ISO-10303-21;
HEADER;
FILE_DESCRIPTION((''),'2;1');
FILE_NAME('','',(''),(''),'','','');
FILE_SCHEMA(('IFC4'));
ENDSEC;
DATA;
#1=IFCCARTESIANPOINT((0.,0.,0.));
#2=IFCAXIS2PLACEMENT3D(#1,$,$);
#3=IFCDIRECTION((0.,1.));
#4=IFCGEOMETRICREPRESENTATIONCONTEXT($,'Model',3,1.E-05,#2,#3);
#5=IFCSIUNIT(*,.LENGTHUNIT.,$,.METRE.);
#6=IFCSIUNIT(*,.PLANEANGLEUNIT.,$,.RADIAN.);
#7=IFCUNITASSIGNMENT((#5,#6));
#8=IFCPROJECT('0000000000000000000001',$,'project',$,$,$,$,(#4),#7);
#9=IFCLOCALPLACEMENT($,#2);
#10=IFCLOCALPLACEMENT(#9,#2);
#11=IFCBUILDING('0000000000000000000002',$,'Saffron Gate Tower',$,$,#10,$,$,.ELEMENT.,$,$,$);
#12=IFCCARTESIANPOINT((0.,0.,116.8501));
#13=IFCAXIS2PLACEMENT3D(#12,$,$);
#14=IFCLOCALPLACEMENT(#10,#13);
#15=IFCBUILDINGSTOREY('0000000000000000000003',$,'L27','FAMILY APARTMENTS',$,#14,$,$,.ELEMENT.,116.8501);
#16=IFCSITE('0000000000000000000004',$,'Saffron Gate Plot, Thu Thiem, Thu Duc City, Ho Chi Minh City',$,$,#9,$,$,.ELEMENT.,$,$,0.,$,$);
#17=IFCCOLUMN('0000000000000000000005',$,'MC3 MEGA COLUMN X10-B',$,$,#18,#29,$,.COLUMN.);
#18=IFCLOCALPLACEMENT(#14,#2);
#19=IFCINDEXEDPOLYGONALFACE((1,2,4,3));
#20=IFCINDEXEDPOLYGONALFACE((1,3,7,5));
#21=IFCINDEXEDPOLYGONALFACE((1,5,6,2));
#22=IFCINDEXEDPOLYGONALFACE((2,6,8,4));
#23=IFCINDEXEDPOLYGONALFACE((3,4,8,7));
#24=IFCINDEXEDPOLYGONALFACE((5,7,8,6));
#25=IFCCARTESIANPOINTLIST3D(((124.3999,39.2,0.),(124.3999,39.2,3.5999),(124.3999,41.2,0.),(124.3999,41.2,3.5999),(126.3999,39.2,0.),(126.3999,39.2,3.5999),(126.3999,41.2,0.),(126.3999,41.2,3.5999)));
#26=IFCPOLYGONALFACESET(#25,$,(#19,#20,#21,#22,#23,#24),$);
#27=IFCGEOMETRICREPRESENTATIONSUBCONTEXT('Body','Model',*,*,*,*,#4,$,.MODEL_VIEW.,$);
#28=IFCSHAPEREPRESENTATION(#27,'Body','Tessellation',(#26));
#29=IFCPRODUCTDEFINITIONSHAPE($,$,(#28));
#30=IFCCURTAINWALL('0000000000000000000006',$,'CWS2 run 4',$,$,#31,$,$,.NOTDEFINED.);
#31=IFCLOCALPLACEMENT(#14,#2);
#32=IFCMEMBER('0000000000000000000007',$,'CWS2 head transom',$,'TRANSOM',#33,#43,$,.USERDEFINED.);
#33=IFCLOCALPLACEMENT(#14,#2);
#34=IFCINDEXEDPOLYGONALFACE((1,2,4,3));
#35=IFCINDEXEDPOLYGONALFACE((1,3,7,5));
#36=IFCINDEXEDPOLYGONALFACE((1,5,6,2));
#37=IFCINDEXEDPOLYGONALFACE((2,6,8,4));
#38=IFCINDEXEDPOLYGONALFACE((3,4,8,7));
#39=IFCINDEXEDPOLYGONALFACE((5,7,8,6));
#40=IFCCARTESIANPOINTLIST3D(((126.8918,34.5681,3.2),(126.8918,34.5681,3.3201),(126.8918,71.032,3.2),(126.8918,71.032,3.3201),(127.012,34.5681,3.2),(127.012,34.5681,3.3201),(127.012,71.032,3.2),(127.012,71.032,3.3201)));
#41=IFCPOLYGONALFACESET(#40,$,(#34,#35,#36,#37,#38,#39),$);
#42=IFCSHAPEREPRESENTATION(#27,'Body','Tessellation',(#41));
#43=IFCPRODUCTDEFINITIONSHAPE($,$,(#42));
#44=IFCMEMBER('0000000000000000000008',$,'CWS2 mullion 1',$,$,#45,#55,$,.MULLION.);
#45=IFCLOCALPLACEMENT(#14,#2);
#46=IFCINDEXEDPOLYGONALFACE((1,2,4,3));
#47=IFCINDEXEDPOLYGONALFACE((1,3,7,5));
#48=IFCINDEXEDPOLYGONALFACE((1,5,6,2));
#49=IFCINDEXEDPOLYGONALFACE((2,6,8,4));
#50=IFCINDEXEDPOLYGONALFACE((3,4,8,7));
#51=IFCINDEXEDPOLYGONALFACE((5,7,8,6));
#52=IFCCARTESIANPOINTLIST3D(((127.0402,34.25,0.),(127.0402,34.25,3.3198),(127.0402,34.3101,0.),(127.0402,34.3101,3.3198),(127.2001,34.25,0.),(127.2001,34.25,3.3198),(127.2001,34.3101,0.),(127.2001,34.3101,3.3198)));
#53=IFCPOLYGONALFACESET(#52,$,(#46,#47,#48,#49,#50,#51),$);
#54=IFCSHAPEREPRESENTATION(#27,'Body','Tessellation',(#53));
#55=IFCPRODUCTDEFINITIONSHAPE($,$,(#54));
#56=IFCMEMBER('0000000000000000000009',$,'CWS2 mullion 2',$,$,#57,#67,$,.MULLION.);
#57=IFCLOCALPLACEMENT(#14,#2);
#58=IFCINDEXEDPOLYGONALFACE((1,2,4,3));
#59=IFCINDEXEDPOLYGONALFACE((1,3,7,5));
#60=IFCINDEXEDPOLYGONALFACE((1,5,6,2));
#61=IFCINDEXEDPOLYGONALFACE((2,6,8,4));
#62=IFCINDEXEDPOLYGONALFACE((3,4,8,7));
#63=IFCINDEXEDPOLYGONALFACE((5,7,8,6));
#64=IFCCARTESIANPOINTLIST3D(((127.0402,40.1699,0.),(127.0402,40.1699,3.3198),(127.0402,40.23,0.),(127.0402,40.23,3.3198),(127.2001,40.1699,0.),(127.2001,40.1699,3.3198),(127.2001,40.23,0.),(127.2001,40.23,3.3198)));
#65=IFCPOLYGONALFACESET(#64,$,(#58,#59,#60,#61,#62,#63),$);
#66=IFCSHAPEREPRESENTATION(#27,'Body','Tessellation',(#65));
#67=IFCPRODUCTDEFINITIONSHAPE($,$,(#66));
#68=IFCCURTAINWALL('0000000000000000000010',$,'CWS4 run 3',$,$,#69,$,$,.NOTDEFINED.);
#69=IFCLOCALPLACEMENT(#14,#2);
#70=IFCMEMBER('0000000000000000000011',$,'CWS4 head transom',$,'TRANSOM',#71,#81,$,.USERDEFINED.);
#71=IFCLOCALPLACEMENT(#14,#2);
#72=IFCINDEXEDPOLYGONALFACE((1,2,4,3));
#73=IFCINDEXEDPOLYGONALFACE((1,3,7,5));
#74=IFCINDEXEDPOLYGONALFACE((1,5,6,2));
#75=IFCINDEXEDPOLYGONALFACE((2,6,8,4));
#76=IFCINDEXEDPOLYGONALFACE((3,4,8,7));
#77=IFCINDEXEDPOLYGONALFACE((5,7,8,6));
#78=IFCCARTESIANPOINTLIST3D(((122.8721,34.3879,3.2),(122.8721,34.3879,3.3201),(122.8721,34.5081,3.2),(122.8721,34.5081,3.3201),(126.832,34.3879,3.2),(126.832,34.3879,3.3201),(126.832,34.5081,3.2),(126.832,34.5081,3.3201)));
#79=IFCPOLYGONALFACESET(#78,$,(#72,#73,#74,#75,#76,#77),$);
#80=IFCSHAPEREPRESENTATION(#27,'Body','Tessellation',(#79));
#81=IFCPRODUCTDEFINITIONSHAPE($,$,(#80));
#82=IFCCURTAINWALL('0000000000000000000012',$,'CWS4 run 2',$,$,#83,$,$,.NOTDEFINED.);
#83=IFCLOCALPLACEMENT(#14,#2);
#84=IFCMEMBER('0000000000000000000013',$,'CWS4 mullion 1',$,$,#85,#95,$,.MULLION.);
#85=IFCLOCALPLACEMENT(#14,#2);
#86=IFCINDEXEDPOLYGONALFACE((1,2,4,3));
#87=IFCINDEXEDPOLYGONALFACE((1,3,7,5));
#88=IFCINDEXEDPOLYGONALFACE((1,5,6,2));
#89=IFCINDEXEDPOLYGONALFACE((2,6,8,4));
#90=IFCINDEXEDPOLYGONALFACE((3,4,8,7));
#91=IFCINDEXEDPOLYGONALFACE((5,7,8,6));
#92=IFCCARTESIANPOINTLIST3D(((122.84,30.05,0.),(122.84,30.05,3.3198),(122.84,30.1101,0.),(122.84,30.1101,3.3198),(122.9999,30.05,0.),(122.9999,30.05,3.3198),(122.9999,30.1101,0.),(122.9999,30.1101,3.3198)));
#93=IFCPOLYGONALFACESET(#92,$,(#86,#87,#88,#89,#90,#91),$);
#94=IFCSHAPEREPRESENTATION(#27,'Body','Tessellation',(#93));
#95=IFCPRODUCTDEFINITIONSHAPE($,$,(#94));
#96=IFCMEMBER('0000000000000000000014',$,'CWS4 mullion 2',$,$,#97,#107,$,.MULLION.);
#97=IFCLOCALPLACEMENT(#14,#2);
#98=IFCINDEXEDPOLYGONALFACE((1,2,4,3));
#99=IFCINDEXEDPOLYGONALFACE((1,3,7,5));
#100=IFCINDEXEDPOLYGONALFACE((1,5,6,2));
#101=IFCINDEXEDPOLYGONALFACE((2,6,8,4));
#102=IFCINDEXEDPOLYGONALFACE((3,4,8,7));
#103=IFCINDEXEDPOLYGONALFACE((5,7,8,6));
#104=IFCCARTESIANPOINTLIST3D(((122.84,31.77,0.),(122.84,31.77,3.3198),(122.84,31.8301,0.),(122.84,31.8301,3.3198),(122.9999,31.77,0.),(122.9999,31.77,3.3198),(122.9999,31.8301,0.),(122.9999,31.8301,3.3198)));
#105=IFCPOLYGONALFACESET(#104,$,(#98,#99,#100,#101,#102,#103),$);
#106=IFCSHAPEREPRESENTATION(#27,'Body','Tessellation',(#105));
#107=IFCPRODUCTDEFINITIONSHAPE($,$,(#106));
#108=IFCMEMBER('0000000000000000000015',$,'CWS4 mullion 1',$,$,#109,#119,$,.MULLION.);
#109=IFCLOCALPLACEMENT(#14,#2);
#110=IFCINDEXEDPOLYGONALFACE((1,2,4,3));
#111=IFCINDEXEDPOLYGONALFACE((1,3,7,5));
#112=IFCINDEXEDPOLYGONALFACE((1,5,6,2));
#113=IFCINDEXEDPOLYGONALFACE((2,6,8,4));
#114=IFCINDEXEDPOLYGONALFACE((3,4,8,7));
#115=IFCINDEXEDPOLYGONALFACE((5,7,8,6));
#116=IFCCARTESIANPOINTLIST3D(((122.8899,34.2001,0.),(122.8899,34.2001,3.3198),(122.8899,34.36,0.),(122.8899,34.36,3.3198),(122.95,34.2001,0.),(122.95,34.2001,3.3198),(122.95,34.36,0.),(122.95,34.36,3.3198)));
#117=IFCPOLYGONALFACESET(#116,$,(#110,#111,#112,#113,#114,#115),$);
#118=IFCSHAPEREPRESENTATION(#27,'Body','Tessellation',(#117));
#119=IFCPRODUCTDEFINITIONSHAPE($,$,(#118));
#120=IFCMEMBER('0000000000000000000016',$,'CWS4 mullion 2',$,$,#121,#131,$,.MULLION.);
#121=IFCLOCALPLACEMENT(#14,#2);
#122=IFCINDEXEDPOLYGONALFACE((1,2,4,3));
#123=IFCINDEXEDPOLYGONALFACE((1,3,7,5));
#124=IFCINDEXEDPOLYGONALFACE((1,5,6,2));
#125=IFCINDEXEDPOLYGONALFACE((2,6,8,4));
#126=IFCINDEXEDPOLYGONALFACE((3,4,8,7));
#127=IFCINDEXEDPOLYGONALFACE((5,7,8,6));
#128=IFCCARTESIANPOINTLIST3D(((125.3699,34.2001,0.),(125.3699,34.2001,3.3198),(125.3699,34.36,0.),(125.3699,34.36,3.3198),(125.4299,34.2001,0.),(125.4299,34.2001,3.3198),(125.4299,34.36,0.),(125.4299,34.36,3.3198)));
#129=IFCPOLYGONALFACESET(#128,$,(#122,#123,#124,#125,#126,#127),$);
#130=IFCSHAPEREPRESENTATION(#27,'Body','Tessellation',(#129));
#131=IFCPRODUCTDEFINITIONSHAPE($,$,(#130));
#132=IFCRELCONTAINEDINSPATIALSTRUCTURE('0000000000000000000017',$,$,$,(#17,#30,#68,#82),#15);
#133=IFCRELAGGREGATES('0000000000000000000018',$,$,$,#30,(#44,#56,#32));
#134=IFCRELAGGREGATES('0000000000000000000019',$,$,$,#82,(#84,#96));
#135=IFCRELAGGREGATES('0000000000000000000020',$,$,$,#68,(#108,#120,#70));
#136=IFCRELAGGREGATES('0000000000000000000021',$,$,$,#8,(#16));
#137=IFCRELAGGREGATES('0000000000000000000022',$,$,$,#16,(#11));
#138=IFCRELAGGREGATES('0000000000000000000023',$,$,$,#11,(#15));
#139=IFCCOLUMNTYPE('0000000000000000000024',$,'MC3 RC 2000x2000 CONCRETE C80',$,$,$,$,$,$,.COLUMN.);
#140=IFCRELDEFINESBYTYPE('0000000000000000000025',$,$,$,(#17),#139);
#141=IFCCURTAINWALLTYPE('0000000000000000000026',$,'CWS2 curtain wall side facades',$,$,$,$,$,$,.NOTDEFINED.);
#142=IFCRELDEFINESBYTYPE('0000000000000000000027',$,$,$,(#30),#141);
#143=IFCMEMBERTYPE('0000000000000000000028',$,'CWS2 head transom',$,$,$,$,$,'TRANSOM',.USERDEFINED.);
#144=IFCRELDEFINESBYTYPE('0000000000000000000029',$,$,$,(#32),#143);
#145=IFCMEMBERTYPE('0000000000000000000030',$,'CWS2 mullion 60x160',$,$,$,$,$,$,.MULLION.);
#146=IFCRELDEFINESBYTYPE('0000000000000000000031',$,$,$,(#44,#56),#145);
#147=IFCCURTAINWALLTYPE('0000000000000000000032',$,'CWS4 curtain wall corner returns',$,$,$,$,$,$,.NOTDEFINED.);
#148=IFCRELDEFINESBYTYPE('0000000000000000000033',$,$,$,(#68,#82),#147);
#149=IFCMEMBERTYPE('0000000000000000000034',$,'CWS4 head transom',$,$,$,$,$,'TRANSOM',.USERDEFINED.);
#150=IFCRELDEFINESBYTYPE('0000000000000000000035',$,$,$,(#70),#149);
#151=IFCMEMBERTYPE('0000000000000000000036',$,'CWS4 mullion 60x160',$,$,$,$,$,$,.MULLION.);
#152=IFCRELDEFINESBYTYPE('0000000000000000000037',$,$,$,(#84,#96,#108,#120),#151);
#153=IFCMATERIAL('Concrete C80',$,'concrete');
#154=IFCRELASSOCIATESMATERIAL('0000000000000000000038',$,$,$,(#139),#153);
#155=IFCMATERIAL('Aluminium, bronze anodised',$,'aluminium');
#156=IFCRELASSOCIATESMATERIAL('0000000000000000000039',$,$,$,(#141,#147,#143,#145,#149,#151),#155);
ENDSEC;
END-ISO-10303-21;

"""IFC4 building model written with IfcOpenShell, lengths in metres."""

from ifc_helpers import new_model, si_unit, direction, frame, origin, origin_2d, place, context, subcontext, project, spatial, rectangle, extrude, material, material_profile, profile_set, type_object, element, aggregate, save


model = new_model("IFC4")

# Units and contexts
model_context = context("Model", 3, precision=1e-05, world=origin(), true_north=direction((0.0, 1.0)))
body_context = subcontext(model_context, "Body", "Model", "MODEL_VIEW")
ifc_project = project(units=[si_unit("LENGTHUNIT", "METRE"), si_unit("PLANEANGLEUNIT", "RADIAN")], contexts=[model_context])

# Site, building, storey
site_placement = place(None, origin())
site = spatial("IfcSite", under=ifc_project, at=site_placement, Name="Saffron Gate Plot, Thu Thiem, Thu Duc City, Ho Chi Minh City", CompositionType="ELEMENT", RefElevation=0.0)
building_placement = place(site_placement, origin())
building = spatial("IfcBuilding", under=site, at=building_placement, Name="Saffron Gate Tower", CompositionType="ELEMENT")
storey_placement = place(building_placement, frame((0.0, 0.0, 116.8501)))
storey = spatial("IfcBuildingStorey", under=building, at=storey_placement, Name="L27", Description="FAMILY APARTMENTS", CompositionType="ELEMENT", Elevation=116.8501)

# Column
ifc_material_1 = material(Name="Concrete C80", Category="concrete")
ifc_material_profile_1 = material_profile(ifc_material_1, rectangle(XDim=2.0, YDim=2.0, at=origin_2d()))
ifc_profile_set_1 = profile_set([ifc_material_profile_1], Name="Concrete C80")
column_type = type_object("IfcColumnType", Name="MC3 RC 2000x2000 CONCRETE C80", PredefinedType="COLUMN", material=ifc_profile_set_1)
column_placement = place(storey_placement, frame((125.3999, 40.2, 0.0), z_axis=(0.0, 0.0, 1.0), x_axis=(1.0, 0.0, 0.0)))
element("IfcColumn", 1, at=column_placement, inside=storey, type_object=column_type, Name="MC3 MEGA COLUMN X10-B", PredefinedType="COLUMN", context=body_context, shape_type="SweptSolid", body=[
    extrude(rectangle(XDim=2.0, YDim=2.0, at=origin_2d()), origin(), (0.0, 0.0, 1.0), 3.5999),
])

# Curtain wall, members
ifc_material_2 = material(Name="Aluminium, bronze anodised", Category="aluminium")
curtain_wall_type_1 = type_object("IfcCurtainWallType", Name="CWS2 curtain wall side facades", PredefinedType="NOTDEFINED", material=ifc_material_2)
curtain_wall_1_placement = place(storey_placement, origin())
curtain_wall_1 = element("IfcCurtainWall", 2, at=curtain_wall_1_placement, inside=storey, type_object=curtain_wall_type_1, Name="CWS2 run 4", PredefinedType="NOTDEFINED")
ifc_material_profile_2 = material_profile(ifc_material_2, rectangle(XDim=0.1201, YDim=0.1201, at=origin_2d()))
ifc_profile_set_2 = profile_set([ifc_material_profile_2], Name="Aluminium, bronze anodised")
member_type_1 = type_object("IfcMemberType", Name="CWS2 head transom", ElementType="TRANSOM", PredefinedType="USERDEFINED", material=ifc_profile_set_2)
member_1_placement = place(storey_placement, frame((126.9519, 34.5681, 3.26), z_axis=(0.0, 1.0, 0.0), x_axis=(-1.0, 0.0, 0.0)))
member_1 = element("IfcMember", 3, at=member_1_placement, type_object=member_type_1, Name="CWS2 head transom", ObjectType="TRANSOM", PredefinedType="USERDEFINED", context=body_context, shape_type="SweptSolid", body=[
    extrude(rectangle(XDim=0.1201, YDim=0.1201, at=origin_2d()), origin(), (0.0, 0.0, 1.0), 36.4639),
])
ifc_material_profile_3 = material_profile(ifc_material_2, rectangle(XDim=0.1599, YDim=0.0601, at=origin_2d()))
ifc_profile_set_3 = profile_set([ifc_material_profile_3], Name="Aluminium, bronze anodised")
member_type_2 = type_object("IfcMemberType", Name="CWS2 mullion 60x160", PredefinedType="MULLION", material=ifc_profile_set_3)
member_2_placement = place(storey_placement, frame((127.1201, 34.28, 0.0), z_axis=(0.0, 0.0, 1.0), x_axis=(-1.0, 0.0, 0.0)))
member_2 = element("IfcMember", 4, at=member_2_placement, type_object=member_type_2, Name="CWS2 mullion 1", PredefinedType="MULLION", context=body_context, shape_type="SweptSolid", body=[
    extrude(rectangle(XDim=0.1599, YDim=0.0601, at=origin_2d()), origin(), (0.0, 0.0, 1.0), 3.3198),
])
member_3_placement = place(storey_placement, frame((127.1201, 40.2, 0.0), z_axis=(0.0, 0.0, 1.0), x_axis=(-1.0, 0.0, 0.0)))
member_3 = element("IfcMember", 5, at=member_3_placement, type_object=member_type_2, Name="CWS2 mullion 2", PredefinedType="MULLION", context=body_context, shape_type="SweptSolid", body=[
    extrude(rectangle(XDim=0.1599, YDim=0.0601, at=origin_2d()), origin(), (0.0, 0.0, 1.0), 3.3198),
])

# Curtain wall, member
curtain_wall_type_2 = type_object("IfcCurtainWallType", Name="CWS4 curtain wall corner returns", PredefinedType="NOTDEFINED", material=ifc_material_2)
curtain_wall_2_placement = place(storey_placement, origin())
curtain_wall_2 = element("IfcCurtainWall", 6, at=curtain_wall_2_placement, inside=storey, type_object=curtain_wall_type_2, Name="CWS4 run 3", PredefinedType="NOTDEFINED")
ifc_material_profile_4 = material_profile(ifc_material_2, rectangle(XDim=0.1201, YDim=0.1201, at=origin_2d()))
ifc_profile_set_4 = profile_set([ifc_material_profile_4], Name="Aluminium, bronze anodised")
member_type_3 = type_object("IfcMemberType", Name="CWS4 head transom", ElementType="TRANSOM", PredefinedType="USERDEFINED", material=ifc_profile_set_4)
member_4_placement = place(storey_placement, frame((122.8721, 34.448, 3.26), z_axis=(1.0, 0.0, 0.0), x_axis=(0.0, 1.0, 0.0)))
member_4 = element("IfcMember", 7, at=member_4_placement, type_object=member_type_3, Name="CWS4 head transom", ObjectType="TRANSOM", PredefinedType="USERDEFINED", context=body_context, shape_type="SweptSolid", body=[
    extrude(rectangle(XDim=0.1201, YDim=0.1201, at=origin_2d()), origin(), (0.0, 0.0, 1.0), 3.96),
])

# Curtain wall, members
curtain_wall_3_placement = place(storey_placement, origin())
curtain_wall_3 = element("IfcCurtainWall", 8, at=curtain_wall_3_placement, inside=storey, type_object=curtain_wall_type_2, Name="CWS4 run 2", PredefinedType="NOTDEFINED")
ifc_material_profile_5 = material_profile(ifc_material_2, rectangle(XDim=0.1599, YDim=0.0601, at=origin_2d()))
ifc_profile_set_5 = profile_set([ifc_material_profile_5], Name="Aluminium, bronze anodised")
member_type_4 = type_object("IfcMemberType", Name="CWS4 mullion 60x160", PredefinedType="MULLION", material=ifc_profile_set_5)
member_5_placement = place(storey_placement, frame((122.9199, 30.0801, 0.0), z_axis=(0.0, 0.0, 1.0), x_axis=(-1.0, 0.0, 0.0)))
member_5 = element("IfcMember", 9, at=member_5_placement, type_object=member_type_4, Name="CWS4 mullion 1", PredefinedType="MULLION", context=body_context, shape_type="SweptSolid", body=[
    extrude(rectangle(XDim=0.1599, YDim=0.0601, at=origin_2d()), origin(), (0.0, 0.0, 1.0), 3.3198),
])
member_6_placement = place(storey_placement, frame((122.9199, 31.8, 0.0), z_axis=(0.0, 0.0, 1.0), x_axis=(-1.0, 0.0, 0.0)))
member_6 = element("IfcMember", 10, at=member_6_placement, type_object=member_type_4, Name="CWS4 mullion 2", PredefinedType="MULLION", context=body_context, shape_type="SweptSolid", body=[
    extrude(rectangle(XDim=0.1599, YDim=0.0601, at=origin_2d()), origin(), (0.0, 0.0, 1.0), 3.3198),
])

# Members
member_7_placement = place(storey_placement, frame((122.9199, 34.28, 0.0), z_axis=(0.0, 0.0, 1.0), x_axis=(0.0, 1.0, 0.0)))
member_7 = element("IfcMember", 11, at=member_7_placement, type_object=member_type_4, Name="CWS4 mullion 1", PredefinedType="MULLION", context=body_context, shape_type="SweptSolid", body=[
    extrude(rectangle(XDim=0.1599, YDim=0.0601, at=origin_2d()), origin(), (0.0, 0.0, 1.0), 3.3198),
])
member_8_placement = place(storey_placement, frame((125.3999, 34.28, 0.0), z_axis=(0.0, 0.0, 1.0), x_axis=(0.0, 1.0, 0.0)))
member_8 = element("IfcMember", 12, at=member_8_placement, type_object=member_type_4, Name="CWS4 mullion 2", PredefinedType="MULLION", context=body_context, shape_type="SweptSolid", body=[
    extrude(rectangle(XDim=0.1599, YDim=0.0601, at=origin_2d()), origin(), (0.0, 0.0, 1.0), 3.3198),
])

aggregate(curtain_wall_1, [member_2, member_3, member_1])

aggregate(curtain_wall_3, [member_5, member_6])
aggregate(curtain_wall_2, [member_7, member_8, member_4])

save(model, "model.ifc")
